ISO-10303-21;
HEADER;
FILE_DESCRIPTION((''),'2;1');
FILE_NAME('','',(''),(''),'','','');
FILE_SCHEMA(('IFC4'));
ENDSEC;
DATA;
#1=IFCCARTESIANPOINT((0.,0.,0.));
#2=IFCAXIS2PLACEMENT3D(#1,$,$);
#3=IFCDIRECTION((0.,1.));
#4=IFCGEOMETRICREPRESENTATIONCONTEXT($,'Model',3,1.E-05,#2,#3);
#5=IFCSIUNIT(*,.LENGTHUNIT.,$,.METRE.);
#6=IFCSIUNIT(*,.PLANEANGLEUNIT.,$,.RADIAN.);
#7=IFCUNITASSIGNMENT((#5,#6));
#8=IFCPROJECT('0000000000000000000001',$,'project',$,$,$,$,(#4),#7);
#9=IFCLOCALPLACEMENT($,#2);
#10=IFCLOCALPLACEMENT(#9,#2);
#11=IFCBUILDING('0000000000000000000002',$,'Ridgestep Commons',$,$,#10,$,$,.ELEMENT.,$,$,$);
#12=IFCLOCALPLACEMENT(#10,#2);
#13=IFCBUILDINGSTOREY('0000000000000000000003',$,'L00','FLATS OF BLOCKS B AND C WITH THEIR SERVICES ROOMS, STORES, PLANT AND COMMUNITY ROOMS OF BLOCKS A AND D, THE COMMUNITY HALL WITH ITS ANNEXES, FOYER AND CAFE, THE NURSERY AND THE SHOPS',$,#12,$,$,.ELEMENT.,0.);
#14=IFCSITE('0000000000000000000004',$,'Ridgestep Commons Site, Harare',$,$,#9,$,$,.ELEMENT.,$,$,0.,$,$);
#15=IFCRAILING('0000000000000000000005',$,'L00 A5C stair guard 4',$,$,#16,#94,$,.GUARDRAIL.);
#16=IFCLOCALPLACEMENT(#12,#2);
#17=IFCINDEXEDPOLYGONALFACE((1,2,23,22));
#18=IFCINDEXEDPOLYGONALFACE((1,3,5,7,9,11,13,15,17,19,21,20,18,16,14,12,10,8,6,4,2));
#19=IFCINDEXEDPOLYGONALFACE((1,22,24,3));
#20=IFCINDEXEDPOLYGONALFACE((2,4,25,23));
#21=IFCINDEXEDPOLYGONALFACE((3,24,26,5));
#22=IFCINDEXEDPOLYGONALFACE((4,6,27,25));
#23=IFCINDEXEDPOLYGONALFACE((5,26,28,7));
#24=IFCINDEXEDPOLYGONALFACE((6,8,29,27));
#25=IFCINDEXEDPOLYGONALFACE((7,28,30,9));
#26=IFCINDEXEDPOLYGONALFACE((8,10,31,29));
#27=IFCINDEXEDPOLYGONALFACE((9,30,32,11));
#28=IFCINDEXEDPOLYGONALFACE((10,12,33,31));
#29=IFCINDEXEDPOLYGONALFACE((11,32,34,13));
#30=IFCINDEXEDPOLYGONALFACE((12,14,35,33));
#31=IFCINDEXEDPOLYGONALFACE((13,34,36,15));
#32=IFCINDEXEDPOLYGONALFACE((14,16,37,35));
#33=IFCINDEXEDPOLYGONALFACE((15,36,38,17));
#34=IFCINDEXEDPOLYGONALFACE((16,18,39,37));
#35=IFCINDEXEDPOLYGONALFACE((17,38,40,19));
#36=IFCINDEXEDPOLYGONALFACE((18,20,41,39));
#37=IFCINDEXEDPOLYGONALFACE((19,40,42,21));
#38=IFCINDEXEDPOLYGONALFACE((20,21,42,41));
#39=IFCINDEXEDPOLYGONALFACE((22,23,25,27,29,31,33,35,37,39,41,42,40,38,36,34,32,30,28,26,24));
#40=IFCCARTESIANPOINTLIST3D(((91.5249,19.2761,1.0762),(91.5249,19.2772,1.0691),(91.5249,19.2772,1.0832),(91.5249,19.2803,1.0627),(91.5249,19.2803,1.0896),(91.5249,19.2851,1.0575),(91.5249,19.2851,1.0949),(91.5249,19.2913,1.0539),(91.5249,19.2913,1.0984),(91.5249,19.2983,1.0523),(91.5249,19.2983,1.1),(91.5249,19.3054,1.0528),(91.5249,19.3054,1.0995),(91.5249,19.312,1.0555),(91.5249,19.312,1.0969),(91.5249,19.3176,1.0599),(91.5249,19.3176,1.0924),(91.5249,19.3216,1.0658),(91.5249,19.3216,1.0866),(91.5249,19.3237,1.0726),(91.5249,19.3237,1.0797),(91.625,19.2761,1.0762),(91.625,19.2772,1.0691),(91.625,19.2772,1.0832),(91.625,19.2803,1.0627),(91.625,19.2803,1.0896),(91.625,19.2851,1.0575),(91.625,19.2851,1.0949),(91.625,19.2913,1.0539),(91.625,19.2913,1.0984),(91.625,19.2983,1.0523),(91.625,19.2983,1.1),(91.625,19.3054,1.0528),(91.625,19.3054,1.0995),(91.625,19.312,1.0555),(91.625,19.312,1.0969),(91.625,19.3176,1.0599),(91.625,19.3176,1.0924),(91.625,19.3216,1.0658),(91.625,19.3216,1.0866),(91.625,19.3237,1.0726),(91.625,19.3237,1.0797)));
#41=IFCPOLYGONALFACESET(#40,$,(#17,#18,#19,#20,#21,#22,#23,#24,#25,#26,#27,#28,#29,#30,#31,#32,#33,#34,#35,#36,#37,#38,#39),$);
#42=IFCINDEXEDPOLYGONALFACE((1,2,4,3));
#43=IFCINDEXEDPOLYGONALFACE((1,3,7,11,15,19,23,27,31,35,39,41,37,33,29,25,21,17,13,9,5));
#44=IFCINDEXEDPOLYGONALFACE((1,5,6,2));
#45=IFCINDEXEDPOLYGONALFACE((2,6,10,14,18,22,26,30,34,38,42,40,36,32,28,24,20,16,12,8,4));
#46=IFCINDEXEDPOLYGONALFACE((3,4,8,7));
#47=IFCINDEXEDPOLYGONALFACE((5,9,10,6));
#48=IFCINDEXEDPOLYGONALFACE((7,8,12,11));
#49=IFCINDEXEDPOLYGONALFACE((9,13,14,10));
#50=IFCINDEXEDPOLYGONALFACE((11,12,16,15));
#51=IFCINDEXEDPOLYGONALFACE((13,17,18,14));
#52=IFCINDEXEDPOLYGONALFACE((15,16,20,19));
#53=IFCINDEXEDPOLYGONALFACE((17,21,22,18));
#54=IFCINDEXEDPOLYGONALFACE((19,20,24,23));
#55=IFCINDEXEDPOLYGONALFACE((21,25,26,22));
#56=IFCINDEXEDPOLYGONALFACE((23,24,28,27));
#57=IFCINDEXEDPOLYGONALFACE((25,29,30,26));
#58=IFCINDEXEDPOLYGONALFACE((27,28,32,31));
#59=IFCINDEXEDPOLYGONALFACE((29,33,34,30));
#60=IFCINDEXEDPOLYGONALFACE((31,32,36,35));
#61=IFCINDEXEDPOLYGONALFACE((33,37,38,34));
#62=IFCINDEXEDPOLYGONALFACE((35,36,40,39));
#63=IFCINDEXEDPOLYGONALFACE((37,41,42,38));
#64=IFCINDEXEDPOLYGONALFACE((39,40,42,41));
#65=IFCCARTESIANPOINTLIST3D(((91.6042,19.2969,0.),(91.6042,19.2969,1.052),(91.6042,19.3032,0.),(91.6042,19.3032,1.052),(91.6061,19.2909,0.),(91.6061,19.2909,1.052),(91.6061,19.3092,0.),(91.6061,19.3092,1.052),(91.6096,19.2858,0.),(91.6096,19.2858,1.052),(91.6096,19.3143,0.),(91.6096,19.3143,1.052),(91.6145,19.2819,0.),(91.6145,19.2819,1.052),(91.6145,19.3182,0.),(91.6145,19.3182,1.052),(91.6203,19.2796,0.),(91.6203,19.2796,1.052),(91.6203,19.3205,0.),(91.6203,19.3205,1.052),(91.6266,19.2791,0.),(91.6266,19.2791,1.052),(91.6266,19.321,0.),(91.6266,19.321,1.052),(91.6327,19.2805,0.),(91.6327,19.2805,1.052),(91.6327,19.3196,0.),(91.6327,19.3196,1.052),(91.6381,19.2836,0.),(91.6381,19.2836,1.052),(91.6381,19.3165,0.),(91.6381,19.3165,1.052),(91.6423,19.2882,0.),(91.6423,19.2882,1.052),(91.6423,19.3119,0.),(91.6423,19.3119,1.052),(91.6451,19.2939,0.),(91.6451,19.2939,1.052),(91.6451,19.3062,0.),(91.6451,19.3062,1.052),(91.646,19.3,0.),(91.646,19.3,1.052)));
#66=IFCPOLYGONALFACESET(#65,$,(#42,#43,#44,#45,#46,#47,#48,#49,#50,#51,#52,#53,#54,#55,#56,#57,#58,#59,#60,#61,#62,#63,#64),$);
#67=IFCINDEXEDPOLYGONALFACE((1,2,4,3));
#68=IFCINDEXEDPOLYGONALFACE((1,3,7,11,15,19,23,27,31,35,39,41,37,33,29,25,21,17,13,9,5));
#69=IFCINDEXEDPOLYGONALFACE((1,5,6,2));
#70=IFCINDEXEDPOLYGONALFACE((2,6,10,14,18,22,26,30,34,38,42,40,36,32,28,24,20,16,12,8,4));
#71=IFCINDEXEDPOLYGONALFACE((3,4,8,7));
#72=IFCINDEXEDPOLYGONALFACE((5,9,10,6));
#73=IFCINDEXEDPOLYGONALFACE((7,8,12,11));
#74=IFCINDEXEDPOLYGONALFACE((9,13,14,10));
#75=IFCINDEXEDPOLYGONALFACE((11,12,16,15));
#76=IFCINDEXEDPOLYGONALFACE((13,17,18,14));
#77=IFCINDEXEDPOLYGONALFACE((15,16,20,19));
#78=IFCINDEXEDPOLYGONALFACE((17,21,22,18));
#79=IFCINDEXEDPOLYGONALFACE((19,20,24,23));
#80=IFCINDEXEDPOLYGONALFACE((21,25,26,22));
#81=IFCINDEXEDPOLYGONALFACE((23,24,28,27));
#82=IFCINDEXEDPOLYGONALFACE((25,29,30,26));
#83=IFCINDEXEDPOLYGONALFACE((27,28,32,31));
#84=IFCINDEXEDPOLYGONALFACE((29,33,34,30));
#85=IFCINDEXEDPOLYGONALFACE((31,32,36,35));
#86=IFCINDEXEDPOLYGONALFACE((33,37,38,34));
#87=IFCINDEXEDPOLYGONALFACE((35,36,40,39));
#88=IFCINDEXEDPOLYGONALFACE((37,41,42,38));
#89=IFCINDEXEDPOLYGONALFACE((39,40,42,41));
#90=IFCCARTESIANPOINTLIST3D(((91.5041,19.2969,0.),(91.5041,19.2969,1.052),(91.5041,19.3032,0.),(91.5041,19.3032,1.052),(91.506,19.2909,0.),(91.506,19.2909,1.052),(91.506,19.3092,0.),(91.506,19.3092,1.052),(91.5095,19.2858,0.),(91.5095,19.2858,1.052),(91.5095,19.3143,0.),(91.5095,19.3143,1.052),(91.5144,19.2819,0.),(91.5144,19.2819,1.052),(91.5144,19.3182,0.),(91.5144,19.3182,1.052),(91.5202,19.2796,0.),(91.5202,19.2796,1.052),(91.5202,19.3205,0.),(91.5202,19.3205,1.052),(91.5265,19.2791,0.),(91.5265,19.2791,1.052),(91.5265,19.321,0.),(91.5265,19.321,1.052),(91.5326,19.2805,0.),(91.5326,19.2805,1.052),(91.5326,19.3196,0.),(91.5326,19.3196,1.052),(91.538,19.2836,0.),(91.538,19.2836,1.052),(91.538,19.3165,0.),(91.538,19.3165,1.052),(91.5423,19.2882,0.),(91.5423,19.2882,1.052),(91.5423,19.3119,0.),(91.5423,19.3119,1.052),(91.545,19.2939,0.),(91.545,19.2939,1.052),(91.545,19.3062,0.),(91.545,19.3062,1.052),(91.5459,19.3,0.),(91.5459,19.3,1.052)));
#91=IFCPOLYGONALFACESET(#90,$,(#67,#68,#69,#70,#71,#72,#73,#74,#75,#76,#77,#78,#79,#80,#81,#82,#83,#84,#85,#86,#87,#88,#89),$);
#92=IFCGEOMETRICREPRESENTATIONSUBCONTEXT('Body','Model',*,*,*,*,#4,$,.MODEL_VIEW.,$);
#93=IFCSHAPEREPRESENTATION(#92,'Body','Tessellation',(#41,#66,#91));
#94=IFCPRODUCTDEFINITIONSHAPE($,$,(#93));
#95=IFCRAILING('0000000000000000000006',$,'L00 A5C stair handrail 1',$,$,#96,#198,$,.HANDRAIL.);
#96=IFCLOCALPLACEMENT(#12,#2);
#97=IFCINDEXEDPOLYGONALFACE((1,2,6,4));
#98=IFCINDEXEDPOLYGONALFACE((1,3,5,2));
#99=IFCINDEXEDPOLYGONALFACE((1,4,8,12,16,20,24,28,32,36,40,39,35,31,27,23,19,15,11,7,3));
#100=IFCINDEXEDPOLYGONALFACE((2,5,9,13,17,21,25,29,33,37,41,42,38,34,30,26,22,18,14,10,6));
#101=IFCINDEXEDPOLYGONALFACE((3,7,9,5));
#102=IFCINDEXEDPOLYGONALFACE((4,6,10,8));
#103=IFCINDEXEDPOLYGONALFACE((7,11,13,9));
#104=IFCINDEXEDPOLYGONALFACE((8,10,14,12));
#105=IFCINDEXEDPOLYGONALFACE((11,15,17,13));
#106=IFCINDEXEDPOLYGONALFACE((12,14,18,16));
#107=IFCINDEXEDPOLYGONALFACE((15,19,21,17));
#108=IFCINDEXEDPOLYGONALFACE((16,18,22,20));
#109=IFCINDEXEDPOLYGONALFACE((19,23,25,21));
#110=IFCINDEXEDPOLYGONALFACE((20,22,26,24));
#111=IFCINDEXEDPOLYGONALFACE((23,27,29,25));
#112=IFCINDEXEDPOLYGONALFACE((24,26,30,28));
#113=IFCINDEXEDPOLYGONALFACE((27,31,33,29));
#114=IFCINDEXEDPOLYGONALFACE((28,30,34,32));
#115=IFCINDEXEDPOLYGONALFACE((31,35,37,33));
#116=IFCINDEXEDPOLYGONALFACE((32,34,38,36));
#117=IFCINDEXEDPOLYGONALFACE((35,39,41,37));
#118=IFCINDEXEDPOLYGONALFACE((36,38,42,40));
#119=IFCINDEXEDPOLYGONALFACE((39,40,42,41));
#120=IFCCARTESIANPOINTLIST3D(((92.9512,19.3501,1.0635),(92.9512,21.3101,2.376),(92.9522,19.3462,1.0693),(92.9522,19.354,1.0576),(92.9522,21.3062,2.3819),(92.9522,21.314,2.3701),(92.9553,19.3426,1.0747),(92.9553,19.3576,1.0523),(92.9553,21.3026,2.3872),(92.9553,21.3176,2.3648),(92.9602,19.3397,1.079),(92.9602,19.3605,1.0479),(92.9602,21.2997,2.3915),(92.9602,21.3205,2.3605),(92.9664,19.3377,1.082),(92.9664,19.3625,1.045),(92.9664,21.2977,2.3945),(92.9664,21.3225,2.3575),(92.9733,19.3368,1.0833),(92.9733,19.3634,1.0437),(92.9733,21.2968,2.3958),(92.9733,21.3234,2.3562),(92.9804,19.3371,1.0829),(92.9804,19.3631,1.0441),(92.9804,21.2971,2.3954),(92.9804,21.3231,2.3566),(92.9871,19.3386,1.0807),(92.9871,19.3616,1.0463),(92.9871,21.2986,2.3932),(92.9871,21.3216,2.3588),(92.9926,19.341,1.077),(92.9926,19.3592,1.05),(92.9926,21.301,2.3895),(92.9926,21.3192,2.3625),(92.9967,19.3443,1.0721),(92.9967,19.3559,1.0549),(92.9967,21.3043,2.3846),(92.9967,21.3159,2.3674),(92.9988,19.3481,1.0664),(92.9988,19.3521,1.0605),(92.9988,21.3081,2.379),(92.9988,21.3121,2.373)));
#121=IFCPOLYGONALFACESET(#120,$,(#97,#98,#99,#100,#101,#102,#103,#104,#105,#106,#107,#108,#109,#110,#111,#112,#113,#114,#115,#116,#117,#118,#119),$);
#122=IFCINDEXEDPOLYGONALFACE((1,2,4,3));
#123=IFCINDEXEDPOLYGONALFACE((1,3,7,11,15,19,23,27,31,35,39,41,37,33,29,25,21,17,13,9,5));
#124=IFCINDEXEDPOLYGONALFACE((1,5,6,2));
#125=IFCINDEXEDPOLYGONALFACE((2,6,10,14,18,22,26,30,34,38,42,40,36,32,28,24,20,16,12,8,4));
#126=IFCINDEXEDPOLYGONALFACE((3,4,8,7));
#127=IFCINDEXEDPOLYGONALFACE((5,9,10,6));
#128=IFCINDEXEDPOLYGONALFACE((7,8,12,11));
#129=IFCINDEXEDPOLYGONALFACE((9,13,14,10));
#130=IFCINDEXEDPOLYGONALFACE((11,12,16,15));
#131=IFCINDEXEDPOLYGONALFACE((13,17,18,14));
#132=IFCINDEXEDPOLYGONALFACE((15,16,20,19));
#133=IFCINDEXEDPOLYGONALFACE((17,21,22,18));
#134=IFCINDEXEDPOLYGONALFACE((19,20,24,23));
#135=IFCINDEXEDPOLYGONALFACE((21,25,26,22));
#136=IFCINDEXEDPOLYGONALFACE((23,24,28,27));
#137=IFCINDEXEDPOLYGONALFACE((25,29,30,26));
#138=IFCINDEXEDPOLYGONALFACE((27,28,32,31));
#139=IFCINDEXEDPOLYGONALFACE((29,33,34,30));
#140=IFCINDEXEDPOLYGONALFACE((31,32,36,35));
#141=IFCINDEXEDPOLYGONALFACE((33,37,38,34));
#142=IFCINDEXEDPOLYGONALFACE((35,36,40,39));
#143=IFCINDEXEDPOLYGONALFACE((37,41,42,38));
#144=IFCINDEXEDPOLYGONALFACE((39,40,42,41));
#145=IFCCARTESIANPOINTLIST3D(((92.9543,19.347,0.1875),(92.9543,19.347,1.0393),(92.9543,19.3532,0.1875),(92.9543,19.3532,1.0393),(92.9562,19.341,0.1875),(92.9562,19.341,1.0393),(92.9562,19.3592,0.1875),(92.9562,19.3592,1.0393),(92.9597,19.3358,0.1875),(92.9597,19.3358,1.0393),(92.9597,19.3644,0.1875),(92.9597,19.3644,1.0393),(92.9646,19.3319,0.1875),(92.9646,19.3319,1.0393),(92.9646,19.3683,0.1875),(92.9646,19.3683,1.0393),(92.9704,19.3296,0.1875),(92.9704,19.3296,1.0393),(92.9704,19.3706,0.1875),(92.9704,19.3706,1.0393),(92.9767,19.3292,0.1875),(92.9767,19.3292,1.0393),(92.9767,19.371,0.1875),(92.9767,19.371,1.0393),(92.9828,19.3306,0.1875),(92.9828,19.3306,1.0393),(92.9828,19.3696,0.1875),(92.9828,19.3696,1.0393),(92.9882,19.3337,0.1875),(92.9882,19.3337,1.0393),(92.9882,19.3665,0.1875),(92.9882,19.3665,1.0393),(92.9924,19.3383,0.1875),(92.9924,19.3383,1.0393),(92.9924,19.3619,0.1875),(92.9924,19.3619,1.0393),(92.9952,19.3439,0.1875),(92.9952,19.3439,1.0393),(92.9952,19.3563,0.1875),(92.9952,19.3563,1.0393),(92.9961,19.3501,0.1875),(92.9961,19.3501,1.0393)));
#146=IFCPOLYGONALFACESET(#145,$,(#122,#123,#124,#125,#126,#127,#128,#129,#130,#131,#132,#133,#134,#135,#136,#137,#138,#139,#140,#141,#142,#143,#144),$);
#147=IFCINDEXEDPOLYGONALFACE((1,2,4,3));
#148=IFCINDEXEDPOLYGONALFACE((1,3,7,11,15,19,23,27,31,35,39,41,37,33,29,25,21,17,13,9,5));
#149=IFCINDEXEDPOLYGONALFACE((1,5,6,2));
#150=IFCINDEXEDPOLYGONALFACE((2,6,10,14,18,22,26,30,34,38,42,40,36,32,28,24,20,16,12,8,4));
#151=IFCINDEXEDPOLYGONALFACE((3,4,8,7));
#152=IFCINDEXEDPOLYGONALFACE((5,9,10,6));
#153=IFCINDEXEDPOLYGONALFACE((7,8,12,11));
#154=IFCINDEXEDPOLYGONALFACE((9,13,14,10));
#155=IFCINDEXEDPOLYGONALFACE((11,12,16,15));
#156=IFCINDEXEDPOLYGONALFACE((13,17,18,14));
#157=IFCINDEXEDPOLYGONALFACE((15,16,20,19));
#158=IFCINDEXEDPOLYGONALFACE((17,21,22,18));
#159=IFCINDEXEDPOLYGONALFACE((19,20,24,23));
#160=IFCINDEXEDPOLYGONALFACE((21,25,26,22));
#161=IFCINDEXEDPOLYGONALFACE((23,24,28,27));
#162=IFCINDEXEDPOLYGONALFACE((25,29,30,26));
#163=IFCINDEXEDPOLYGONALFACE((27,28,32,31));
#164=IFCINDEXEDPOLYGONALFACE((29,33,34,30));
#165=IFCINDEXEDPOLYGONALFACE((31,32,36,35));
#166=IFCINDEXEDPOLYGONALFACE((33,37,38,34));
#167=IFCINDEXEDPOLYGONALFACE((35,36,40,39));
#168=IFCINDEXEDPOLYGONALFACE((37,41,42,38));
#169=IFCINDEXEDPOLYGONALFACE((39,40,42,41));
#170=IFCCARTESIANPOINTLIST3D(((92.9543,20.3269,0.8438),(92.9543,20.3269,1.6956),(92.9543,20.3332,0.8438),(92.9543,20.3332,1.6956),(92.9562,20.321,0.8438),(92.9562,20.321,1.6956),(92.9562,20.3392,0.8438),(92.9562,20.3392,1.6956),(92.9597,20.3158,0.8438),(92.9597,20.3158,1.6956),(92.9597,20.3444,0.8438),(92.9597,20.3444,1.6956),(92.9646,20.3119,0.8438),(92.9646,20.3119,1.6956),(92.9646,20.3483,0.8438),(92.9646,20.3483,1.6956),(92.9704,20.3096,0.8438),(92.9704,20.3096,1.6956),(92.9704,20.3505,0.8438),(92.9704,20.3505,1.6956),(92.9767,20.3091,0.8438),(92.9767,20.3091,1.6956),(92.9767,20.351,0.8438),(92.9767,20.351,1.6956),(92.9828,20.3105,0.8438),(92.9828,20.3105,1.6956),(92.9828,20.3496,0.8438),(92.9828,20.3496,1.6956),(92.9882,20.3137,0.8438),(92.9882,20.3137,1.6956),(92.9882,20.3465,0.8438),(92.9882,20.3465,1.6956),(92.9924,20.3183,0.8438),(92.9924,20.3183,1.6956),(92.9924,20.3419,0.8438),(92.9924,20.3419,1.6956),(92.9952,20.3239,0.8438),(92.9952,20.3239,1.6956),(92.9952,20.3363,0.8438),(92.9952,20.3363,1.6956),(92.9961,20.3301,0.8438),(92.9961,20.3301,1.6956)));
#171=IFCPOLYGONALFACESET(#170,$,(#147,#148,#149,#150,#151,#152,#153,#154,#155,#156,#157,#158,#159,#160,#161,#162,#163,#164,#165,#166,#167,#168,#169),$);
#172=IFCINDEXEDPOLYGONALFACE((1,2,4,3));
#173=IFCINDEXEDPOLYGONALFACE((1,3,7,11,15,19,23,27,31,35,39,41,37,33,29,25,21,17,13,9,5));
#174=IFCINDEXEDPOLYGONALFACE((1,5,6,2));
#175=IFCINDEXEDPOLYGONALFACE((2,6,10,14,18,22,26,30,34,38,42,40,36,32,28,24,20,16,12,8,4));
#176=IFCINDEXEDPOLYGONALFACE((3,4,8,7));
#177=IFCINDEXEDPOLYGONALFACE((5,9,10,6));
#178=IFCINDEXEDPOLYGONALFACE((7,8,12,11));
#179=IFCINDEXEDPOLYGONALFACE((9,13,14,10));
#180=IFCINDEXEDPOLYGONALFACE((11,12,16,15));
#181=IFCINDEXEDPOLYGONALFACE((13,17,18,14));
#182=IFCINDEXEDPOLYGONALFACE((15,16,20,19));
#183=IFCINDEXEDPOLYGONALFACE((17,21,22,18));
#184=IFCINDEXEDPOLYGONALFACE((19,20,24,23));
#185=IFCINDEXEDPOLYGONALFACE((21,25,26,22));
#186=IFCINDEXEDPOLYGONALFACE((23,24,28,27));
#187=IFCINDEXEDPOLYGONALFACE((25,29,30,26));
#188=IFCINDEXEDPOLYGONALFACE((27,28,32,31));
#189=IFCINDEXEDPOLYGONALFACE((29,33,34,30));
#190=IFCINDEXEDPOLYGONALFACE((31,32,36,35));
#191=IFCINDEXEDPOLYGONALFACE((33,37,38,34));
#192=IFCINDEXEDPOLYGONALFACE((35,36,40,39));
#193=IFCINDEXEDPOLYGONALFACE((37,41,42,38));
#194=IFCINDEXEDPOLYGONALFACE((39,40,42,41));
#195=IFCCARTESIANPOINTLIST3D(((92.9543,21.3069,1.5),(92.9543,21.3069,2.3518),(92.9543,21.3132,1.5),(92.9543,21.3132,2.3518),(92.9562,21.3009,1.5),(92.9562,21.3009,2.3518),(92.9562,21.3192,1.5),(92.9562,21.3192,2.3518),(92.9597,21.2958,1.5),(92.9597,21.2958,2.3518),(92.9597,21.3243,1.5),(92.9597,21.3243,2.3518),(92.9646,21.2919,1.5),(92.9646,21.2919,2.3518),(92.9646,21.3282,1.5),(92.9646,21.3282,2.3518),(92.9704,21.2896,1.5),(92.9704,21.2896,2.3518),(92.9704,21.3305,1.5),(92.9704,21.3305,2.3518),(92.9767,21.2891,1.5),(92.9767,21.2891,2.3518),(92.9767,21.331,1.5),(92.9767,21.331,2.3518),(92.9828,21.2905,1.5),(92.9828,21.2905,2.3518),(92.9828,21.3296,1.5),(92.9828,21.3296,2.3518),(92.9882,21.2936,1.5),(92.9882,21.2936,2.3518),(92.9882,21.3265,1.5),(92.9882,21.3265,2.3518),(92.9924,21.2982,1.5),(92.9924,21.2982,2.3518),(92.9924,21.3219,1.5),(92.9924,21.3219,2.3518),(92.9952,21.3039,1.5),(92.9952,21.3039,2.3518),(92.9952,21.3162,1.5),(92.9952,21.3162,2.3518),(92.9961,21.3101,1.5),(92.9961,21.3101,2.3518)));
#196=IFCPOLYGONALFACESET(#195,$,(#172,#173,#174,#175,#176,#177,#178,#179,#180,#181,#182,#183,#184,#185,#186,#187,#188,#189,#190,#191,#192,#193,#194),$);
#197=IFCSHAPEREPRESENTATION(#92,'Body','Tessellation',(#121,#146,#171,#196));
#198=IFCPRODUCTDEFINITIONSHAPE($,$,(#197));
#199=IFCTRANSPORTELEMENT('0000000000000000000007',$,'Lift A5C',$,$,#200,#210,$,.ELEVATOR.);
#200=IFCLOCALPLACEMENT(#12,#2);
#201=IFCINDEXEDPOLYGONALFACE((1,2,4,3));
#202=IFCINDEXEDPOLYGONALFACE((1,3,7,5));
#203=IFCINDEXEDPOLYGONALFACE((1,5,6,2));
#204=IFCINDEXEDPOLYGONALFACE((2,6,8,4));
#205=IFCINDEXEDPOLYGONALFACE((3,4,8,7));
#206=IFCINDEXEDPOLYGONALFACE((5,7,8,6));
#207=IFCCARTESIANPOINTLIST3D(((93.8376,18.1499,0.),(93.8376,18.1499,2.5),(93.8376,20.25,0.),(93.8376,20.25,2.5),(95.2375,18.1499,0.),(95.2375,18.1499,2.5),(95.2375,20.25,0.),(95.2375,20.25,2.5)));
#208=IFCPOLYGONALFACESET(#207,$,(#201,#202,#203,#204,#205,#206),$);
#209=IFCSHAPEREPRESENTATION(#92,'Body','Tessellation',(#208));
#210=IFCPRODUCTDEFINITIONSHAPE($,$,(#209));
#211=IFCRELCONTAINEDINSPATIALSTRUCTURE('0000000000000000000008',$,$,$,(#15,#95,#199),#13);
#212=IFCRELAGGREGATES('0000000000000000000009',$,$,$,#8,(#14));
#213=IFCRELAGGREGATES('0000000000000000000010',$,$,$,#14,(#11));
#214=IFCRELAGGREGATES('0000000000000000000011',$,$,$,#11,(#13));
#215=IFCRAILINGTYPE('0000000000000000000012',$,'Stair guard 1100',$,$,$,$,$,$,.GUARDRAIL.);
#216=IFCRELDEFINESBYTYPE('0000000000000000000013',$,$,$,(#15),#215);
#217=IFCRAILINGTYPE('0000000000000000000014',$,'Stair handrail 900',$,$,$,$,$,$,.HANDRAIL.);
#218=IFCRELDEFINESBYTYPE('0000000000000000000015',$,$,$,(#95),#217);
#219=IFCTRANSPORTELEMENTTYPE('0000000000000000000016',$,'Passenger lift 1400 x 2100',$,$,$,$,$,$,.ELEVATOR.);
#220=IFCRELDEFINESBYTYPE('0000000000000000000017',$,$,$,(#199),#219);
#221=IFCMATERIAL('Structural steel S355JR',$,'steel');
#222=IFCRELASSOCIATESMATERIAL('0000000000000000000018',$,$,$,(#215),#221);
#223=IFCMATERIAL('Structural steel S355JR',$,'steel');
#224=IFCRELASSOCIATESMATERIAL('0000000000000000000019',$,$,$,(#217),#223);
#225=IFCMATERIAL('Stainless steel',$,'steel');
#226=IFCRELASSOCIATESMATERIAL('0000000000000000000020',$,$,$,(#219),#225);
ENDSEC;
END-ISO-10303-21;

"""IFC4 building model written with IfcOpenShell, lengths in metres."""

from ifc_helpers import new_model, si_unit, direction, frame, origin, origin_2d, place, context, subcontext, project, spatial, rectangle, circle, extrude, material, type_object, element, save


model = new_model("IFC4")

# Units and contexts
model_context = context("Model", 3, precision=1e-05, world=origin(), true_north=direction((0.0, 1.0)))
body_context = subcontext(model_context, "Body", "Model", "MODEL_VIEW")
ifc_project = project(units=[si_unit("LENGTHUNIT", "METRE"), si_unit("PLANEANGLEUNIT", "RADIAN")], contexts=[model_context])

# Site, building, storey
site_placement = place(None, origin())
site = spatial("IfcSite", under=ifc_project, at=site_placement, Name="Ridgestep Commons Site, Harare", CompositionType="ELEMENT", RefElevation=0.0)
building_placement = place(site_placement, origin())
building = spatial("IfcBuilding", under=site, at=building_placement, Name="Ridgestep Commons", CompositionType="ELEMENT")
storey_placement = place(building_placement, origin())
storey = spatial("IfcBuildingStorey", under=building, at=storey_placement, Name="L00", Description="FLATS OF BLOCKS B AND C WITH THEIR SERVICES ROOMS, STORES, PLANT AND COMMUNITY ROOMS OF BLOCKS A AND D, THE COMMUNITY HALL WITH ITS ANNEXES, FOYER AND CAFE, THE NURSERY AND THE SHOPS", CompositionType="ELEMENT", Elevation=0.0)

# Railings
ifc_material_1 = material(Name="Structural steel S355JR", Category="steel")
railing_type_1 = type_object("IfcRailingType", Name="Stair guard 1100", PredefinedType="GUARDRAIL", material=ifc_material_1)
railing_1_placement = place(storey_placement, frame((91.625, 19.3, 0.0)))
element("IfcRailing", 1, at=railing_1_placement, inside=storey, type_object=railing_type_1, Name="L00 A5C stair guard 4", PredefinedType="GUARDRAIL", context=body_context, shape_type="SweptSolid", body=[
    extrude(circle(Radius=0.0239, at=origin_2d()), frame((0.0, 0.0, 1.0762), z_axis=(-1.0, 0.0, 0.0), x_axis=(0.0, -1.0, 0.0)), (0.0, 0.0, 1.0), 0.1001),
    extrude(circle(Radius=0.021, at=origin_2d()), origin(), (0.0, 0.0, 1.0), 1.052),
    extrude(circle(Radius=0.021, at=origin_2d()), frame((-0.1001, 0.0, 0.0)), (0.0, 0.0, 1.0), 1.052),
])
ifc_material_2 = material(Name="Structural steel S355JR", Category="steel")
railing_type_2 = type_object("IfcRailingType", Name="Stair handrail 900", PredefinedType="HANDRAIL", material=ifc_material_2)
railing_2_placement = place(storey_placement, frame((92.9751, 19.3501, 0.1875)))
element("IfcRailing", 2, at=railing_2_placement, inside=storey, type_object=railing_type_2, Name="L00 A5C stair handrail 1", PredefinedType="HANDRAIL", context=body_context, shape_type="SweptSolid", body=[
    extrude(circle(Radius=0.0239, at=origin_2d()), frame((0.0, 0.0, 0.876), z_axis=(0.0, 0.830902, 0.556419), x_axis=(-1.0, 0.0, 0.0)), (0.0, 0.0, 1.0), 2.3589),
    extrude(circle(Radius=0.021, at=origin_2d()), origin(), (0.0, 0.0, 1.0), 0.8518),
    extrude(circle(Radius=0.021, at=origin_2d()), frame((0.0, 0.98, 0.6562)), (0.0, 0.0, 1.0), 0.8518),
    extrude(circle(Radius=0.021, at=origin_2d()), frame((0.0, 1.96, 1.3125)), (0.0, 0.0, 1.0), 0.8518),
])

# Transport element
ifc_material_3 = material(Name="Stainless steel", Category="steel")
transport_element_type = type_object("IfcTransportElementType", Name="Passenger lift 1400 x 2100", PredefinedType="ELEVATOR", material=ifc_material_3)
transport_element_placement = place(storey_placement, frame((94.5376, 19.2, 0.0), z_axis=(0.0, 0.0, 1.0), x_axis=(1.0, 0.0, 0.0)))
element("IfcTransportElement", 3, at=transport_element_placement, inside=storey, type_object=transport_element_type, Name="Lift A5C", PredefinedType="ELEVATOR", context=body_context, shape_type="SweptSolid", body=[
    extrude(rectangle(XDim=1.3999, YDim=2.1001, at=origin_2d()), origin(), (0.0, 0.0, 1.0), 2.5),
])

save(model, "model.ifc")
